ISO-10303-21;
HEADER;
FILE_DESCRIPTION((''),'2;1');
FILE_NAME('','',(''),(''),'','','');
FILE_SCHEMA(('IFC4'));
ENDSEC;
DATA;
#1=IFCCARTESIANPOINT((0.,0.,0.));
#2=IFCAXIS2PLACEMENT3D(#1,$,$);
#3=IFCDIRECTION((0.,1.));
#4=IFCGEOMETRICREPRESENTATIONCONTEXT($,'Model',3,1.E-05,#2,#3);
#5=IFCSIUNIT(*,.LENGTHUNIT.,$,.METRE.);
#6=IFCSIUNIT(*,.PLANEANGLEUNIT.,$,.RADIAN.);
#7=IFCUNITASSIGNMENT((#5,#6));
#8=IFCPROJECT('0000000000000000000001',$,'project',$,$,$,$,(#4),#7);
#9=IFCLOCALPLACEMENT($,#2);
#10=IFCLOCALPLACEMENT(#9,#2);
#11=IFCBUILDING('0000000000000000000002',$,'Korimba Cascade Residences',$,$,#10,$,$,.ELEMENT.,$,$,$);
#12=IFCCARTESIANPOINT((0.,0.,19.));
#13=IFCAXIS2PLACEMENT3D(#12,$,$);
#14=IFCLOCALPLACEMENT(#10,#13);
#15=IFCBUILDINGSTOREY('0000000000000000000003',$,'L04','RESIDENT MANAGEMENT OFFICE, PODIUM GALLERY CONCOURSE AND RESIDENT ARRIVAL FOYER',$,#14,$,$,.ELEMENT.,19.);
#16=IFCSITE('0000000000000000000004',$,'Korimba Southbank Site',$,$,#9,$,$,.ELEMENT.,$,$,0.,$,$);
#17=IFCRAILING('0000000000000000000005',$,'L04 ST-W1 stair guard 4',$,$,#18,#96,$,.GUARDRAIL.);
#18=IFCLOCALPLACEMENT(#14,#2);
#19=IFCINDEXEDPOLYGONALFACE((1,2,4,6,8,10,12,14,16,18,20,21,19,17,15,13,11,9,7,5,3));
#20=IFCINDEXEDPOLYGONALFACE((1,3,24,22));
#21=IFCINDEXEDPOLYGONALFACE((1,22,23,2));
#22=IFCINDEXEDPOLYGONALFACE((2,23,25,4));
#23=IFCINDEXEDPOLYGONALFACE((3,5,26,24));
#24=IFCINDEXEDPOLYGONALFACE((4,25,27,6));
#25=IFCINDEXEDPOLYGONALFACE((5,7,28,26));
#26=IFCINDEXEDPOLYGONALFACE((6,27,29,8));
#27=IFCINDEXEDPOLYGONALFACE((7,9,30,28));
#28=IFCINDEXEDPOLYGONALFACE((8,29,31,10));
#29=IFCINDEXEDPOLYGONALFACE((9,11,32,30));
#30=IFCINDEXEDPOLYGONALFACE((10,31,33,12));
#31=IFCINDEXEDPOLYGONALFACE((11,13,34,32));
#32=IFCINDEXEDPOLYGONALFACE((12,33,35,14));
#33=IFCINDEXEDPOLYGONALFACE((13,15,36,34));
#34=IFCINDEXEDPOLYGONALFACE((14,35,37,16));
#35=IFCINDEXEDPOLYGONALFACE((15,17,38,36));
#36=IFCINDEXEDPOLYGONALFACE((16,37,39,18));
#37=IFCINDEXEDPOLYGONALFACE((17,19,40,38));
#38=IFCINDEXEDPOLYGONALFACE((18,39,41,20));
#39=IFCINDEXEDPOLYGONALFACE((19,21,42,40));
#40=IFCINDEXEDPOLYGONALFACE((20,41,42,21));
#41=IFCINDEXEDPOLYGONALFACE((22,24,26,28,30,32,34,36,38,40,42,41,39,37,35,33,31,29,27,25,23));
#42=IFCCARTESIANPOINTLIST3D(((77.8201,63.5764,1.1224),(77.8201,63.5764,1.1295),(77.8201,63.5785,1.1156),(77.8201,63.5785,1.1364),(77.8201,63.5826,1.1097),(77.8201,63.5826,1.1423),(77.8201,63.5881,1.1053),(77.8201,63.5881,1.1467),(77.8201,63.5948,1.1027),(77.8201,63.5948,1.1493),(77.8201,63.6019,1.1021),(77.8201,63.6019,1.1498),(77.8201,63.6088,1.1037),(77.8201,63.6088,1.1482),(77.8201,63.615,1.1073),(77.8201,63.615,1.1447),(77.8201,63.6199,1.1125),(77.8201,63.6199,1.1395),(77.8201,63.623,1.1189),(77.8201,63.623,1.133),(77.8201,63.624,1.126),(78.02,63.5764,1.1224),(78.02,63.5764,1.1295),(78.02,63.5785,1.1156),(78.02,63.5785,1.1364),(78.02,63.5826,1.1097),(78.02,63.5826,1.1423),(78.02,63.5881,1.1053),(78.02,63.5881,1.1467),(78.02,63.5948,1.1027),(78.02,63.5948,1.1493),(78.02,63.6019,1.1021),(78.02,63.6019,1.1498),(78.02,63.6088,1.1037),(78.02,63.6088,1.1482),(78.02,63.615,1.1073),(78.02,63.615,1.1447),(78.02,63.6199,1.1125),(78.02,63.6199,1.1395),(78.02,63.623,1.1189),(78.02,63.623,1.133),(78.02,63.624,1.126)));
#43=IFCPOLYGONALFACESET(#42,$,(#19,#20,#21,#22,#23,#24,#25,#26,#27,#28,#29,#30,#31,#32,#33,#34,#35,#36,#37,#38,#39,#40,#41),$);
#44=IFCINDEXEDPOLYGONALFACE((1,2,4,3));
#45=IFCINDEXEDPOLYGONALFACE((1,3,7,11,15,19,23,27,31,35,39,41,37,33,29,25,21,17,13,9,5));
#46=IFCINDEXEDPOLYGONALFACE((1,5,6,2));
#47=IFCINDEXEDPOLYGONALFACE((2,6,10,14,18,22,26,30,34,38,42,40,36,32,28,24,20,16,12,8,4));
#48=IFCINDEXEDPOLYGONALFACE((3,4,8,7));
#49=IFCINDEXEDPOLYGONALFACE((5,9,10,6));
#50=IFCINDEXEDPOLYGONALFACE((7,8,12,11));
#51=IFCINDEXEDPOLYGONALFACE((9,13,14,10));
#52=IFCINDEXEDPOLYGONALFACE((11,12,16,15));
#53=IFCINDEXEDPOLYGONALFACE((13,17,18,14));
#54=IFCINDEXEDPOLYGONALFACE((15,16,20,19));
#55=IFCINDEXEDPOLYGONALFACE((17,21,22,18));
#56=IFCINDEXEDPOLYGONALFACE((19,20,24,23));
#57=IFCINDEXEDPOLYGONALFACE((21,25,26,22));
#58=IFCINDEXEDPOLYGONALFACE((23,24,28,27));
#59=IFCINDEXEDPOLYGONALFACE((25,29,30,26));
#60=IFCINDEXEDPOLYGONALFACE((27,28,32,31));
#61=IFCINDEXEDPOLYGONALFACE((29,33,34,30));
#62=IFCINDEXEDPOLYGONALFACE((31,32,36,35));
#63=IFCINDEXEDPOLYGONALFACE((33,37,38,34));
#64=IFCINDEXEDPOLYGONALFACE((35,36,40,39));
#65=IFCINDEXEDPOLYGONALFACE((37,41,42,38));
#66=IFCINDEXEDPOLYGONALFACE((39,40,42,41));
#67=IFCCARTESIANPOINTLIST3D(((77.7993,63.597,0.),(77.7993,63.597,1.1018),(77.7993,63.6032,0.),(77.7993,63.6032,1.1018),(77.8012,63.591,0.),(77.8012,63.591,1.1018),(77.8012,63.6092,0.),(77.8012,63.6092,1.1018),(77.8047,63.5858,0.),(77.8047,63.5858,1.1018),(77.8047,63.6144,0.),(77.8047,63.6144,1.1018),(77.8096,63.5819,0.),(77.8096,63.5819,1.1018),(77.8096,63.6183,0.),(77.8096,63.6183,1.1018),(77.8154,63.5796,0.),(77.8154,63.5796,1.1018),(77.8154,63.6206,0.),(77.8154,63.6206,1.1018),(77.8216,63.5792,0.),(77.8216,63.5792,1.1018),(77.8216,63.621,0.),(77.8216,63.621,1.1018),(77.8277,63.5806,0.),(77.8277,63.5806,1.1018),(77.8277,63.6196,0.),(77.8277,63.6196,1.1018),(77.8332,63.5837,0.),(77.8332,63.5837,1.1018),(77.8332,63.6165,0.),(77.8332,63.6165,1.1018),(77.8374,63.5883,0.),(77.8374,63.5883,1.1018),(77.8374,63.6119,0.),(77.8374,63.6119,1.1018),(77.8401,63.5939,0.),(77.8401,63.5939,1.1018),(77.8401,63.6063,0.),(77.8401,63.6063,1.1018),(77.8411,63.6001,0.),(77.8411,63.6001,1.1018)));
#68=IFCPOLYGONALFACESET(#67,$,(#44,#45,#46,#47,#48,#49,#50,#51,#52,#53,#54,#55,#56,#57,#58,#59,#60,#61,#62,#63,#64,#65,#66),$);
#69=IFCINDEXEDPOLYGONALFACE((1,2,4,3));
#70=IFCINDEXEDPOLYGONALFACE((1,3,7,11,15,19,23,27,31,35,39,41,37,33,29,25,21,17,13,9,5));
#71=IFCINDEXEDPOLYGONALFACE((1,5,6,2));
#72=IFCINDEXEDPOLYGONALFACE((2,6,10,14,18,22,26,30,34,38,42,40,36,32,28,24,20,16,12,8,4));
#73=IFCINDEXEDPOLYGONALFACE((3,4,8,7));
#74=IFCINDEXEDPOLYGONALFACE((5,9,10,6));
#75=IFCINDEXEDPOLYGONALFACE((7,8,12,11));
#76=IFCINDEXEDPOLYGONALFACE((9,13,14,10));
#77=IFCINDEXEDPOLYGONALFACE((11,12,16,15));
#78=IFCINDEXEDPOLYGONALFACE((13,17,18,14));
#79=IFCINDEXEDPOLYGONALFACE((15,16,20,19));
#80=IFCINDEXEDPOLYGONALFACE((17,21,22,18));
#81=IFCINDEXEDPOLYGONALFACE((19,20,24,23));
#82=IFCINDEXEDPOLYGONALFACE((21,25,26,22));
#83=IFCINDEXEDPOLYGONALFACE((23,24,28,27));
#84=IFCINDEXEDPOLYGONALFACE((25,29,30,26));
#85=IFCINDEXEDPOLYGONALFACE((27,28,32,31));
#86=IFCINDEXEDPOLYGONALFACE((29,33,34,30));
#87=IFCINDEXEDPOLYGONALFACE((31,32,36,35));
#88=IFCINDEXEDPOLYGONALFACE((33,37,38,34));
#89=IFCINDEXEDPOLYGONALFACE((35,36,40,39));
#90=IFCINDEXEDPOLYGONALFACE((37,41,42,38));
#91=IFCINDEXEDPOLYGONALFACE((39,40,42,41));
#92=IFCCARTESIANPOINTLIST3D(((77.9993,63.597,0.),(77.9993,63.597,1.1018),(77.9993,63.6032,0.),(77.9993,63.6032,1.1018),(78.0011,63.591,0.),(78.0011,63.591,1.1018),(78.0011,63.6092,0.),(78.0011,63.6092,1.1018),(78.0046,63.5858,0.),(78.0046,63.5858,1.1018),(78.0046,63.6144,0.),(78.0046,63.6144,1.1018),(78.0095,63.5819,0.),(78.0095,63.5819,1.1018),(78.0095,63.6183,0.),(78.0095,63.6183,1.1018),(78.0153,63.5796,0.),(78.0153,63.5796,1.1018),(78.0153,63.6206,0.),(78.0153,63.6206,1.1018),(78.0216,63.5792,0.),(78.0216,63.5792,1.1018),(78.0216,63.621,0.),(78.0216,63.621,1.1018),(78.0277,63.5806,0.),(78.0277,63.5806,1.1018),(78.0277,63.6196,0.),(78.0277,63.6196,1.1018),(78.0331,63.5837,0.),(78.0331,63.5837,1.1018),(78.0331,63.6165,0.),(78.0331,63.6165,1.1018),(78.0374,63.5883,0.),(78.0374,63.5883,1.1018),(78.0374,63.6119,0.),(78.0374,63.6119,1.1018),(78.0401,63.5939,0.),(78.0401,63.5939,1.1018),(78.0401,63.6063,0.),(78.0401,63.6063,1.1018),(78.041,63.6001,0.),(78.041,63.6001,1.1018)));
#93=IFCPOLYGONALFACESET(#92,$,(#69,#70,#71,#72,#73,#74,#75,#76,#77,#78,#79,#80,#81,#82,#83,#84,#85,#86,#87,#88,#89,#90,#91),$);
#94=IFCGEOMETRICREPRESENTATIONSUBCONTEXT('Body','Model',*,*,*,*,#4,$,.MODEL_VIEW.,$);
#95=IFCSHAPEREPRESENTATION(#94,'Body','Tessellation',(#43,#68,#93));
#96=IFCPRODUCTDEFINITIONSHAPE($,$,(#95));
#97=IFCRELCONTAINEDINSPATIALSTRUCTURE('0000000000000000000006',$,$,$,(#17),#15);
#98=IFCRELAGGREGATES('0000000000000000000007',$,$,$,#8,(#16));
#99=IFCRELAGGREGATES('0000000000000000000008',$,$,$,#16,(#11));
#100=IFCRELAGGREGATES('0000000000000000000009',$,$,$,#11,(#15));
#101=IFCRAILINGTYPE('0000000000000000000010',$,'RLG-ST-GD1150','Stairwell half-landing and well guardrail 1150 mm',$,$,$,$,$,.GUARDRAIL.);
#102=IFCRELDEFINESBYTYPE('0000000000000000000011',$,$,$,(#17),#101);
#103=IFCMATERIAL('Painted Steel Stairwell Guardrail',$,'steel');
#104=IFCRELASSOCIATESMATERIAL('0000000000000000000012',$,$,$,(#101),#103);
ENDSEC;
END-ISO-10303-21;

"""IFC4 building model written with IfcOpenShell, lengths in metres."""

from ifc_helpers import new_model, si_unit, direction, frame, origin, origin_2d, place, context, subcontext, project, spatial, circle, extrude, material, type_object, element, save


model = new_model("IFC4")

# Units and contexts
model_context = context("Model", 3, precision=1e-05, world=origin(), true_north=direction((0.0, 1.0)))
body_context = subcontext(model_context, "Body", "Model", "MODEL_VIEW")
ifc_project = project(units=[si_unit("LENGTHUNIT", "METRE"), si_unit("PLANEANGLEUNIT", "RADIAN")], contexts=[model_context])

# Site, building, storey
site_placement = place(None, origin())
site = spatial("IfcSite", under=ifc_project, at=site_placement, Name="Korimba Southbank Site", CompositionType="ELEMENT", RefElevation=0.0)
building_placement = place(site_placement, origin())
building = spatial("IfcBuilding", under=site, at=building_placement, Name="Korimba Cascade Residences", CompositionType="ELEMENT")
storey_placement = place(building_placement, frame((0.0, 0.0, 19.0)))
storey = spatial("IfcBuildingStorey", under=building, at=storey_placement, Name="L04", Description="RESIDENT MANAGEMENT OFFICE, PODIUM GALLERY CONCOURSE AND RESIDENT ARRIVAL FOYER", CompositionType="ELEMENT", Elevation=19.0)

# Railing
ifc_material_1 = material(Name="Painted Steel Stairwell Guardrail", Category="steel")
railing_type_1 = type_object("IfcRailingType", Name="RLG-ST-GD1150", Description="Stairwell half-landing and well guardrail 1150 mm", PredefinedType="GUARDRAIL", material=ifc_material_1)
railing_1_placement = place(storey_placement, frame((77.8201, 63.6001, 0.0)))
element("IfcRailing", 1, at=railing_1_placement, inside=storey, type_object=railing_type_1, Name="L04 ST-W1 stair guard 4", PredefinedType="GUARDRAIL", context=body_context, shape_type="SweptSolid", body=[
    extrude(circle(Radius=0.0239, at=origin_2d()), frame((0.0, 0.0, 1.126), z_axis=(1.0, 0.0, 0.0), x_axis=(0.0, 1.0, 0.0)), (0.0, 0.0, 1.0), 0.2),
    extrude(circle(Radius=0.021, at=origin_2d()), origin(), (0.0, 0.0, 1.0), 1.1018),
    extrude(circle(Radius=0.021, at=origin_2d()), frame((0.2, 0.0, 0.0)), (0.0, 0.0, 1.0), 1.1018),
])

save(model, "model.ifc")
